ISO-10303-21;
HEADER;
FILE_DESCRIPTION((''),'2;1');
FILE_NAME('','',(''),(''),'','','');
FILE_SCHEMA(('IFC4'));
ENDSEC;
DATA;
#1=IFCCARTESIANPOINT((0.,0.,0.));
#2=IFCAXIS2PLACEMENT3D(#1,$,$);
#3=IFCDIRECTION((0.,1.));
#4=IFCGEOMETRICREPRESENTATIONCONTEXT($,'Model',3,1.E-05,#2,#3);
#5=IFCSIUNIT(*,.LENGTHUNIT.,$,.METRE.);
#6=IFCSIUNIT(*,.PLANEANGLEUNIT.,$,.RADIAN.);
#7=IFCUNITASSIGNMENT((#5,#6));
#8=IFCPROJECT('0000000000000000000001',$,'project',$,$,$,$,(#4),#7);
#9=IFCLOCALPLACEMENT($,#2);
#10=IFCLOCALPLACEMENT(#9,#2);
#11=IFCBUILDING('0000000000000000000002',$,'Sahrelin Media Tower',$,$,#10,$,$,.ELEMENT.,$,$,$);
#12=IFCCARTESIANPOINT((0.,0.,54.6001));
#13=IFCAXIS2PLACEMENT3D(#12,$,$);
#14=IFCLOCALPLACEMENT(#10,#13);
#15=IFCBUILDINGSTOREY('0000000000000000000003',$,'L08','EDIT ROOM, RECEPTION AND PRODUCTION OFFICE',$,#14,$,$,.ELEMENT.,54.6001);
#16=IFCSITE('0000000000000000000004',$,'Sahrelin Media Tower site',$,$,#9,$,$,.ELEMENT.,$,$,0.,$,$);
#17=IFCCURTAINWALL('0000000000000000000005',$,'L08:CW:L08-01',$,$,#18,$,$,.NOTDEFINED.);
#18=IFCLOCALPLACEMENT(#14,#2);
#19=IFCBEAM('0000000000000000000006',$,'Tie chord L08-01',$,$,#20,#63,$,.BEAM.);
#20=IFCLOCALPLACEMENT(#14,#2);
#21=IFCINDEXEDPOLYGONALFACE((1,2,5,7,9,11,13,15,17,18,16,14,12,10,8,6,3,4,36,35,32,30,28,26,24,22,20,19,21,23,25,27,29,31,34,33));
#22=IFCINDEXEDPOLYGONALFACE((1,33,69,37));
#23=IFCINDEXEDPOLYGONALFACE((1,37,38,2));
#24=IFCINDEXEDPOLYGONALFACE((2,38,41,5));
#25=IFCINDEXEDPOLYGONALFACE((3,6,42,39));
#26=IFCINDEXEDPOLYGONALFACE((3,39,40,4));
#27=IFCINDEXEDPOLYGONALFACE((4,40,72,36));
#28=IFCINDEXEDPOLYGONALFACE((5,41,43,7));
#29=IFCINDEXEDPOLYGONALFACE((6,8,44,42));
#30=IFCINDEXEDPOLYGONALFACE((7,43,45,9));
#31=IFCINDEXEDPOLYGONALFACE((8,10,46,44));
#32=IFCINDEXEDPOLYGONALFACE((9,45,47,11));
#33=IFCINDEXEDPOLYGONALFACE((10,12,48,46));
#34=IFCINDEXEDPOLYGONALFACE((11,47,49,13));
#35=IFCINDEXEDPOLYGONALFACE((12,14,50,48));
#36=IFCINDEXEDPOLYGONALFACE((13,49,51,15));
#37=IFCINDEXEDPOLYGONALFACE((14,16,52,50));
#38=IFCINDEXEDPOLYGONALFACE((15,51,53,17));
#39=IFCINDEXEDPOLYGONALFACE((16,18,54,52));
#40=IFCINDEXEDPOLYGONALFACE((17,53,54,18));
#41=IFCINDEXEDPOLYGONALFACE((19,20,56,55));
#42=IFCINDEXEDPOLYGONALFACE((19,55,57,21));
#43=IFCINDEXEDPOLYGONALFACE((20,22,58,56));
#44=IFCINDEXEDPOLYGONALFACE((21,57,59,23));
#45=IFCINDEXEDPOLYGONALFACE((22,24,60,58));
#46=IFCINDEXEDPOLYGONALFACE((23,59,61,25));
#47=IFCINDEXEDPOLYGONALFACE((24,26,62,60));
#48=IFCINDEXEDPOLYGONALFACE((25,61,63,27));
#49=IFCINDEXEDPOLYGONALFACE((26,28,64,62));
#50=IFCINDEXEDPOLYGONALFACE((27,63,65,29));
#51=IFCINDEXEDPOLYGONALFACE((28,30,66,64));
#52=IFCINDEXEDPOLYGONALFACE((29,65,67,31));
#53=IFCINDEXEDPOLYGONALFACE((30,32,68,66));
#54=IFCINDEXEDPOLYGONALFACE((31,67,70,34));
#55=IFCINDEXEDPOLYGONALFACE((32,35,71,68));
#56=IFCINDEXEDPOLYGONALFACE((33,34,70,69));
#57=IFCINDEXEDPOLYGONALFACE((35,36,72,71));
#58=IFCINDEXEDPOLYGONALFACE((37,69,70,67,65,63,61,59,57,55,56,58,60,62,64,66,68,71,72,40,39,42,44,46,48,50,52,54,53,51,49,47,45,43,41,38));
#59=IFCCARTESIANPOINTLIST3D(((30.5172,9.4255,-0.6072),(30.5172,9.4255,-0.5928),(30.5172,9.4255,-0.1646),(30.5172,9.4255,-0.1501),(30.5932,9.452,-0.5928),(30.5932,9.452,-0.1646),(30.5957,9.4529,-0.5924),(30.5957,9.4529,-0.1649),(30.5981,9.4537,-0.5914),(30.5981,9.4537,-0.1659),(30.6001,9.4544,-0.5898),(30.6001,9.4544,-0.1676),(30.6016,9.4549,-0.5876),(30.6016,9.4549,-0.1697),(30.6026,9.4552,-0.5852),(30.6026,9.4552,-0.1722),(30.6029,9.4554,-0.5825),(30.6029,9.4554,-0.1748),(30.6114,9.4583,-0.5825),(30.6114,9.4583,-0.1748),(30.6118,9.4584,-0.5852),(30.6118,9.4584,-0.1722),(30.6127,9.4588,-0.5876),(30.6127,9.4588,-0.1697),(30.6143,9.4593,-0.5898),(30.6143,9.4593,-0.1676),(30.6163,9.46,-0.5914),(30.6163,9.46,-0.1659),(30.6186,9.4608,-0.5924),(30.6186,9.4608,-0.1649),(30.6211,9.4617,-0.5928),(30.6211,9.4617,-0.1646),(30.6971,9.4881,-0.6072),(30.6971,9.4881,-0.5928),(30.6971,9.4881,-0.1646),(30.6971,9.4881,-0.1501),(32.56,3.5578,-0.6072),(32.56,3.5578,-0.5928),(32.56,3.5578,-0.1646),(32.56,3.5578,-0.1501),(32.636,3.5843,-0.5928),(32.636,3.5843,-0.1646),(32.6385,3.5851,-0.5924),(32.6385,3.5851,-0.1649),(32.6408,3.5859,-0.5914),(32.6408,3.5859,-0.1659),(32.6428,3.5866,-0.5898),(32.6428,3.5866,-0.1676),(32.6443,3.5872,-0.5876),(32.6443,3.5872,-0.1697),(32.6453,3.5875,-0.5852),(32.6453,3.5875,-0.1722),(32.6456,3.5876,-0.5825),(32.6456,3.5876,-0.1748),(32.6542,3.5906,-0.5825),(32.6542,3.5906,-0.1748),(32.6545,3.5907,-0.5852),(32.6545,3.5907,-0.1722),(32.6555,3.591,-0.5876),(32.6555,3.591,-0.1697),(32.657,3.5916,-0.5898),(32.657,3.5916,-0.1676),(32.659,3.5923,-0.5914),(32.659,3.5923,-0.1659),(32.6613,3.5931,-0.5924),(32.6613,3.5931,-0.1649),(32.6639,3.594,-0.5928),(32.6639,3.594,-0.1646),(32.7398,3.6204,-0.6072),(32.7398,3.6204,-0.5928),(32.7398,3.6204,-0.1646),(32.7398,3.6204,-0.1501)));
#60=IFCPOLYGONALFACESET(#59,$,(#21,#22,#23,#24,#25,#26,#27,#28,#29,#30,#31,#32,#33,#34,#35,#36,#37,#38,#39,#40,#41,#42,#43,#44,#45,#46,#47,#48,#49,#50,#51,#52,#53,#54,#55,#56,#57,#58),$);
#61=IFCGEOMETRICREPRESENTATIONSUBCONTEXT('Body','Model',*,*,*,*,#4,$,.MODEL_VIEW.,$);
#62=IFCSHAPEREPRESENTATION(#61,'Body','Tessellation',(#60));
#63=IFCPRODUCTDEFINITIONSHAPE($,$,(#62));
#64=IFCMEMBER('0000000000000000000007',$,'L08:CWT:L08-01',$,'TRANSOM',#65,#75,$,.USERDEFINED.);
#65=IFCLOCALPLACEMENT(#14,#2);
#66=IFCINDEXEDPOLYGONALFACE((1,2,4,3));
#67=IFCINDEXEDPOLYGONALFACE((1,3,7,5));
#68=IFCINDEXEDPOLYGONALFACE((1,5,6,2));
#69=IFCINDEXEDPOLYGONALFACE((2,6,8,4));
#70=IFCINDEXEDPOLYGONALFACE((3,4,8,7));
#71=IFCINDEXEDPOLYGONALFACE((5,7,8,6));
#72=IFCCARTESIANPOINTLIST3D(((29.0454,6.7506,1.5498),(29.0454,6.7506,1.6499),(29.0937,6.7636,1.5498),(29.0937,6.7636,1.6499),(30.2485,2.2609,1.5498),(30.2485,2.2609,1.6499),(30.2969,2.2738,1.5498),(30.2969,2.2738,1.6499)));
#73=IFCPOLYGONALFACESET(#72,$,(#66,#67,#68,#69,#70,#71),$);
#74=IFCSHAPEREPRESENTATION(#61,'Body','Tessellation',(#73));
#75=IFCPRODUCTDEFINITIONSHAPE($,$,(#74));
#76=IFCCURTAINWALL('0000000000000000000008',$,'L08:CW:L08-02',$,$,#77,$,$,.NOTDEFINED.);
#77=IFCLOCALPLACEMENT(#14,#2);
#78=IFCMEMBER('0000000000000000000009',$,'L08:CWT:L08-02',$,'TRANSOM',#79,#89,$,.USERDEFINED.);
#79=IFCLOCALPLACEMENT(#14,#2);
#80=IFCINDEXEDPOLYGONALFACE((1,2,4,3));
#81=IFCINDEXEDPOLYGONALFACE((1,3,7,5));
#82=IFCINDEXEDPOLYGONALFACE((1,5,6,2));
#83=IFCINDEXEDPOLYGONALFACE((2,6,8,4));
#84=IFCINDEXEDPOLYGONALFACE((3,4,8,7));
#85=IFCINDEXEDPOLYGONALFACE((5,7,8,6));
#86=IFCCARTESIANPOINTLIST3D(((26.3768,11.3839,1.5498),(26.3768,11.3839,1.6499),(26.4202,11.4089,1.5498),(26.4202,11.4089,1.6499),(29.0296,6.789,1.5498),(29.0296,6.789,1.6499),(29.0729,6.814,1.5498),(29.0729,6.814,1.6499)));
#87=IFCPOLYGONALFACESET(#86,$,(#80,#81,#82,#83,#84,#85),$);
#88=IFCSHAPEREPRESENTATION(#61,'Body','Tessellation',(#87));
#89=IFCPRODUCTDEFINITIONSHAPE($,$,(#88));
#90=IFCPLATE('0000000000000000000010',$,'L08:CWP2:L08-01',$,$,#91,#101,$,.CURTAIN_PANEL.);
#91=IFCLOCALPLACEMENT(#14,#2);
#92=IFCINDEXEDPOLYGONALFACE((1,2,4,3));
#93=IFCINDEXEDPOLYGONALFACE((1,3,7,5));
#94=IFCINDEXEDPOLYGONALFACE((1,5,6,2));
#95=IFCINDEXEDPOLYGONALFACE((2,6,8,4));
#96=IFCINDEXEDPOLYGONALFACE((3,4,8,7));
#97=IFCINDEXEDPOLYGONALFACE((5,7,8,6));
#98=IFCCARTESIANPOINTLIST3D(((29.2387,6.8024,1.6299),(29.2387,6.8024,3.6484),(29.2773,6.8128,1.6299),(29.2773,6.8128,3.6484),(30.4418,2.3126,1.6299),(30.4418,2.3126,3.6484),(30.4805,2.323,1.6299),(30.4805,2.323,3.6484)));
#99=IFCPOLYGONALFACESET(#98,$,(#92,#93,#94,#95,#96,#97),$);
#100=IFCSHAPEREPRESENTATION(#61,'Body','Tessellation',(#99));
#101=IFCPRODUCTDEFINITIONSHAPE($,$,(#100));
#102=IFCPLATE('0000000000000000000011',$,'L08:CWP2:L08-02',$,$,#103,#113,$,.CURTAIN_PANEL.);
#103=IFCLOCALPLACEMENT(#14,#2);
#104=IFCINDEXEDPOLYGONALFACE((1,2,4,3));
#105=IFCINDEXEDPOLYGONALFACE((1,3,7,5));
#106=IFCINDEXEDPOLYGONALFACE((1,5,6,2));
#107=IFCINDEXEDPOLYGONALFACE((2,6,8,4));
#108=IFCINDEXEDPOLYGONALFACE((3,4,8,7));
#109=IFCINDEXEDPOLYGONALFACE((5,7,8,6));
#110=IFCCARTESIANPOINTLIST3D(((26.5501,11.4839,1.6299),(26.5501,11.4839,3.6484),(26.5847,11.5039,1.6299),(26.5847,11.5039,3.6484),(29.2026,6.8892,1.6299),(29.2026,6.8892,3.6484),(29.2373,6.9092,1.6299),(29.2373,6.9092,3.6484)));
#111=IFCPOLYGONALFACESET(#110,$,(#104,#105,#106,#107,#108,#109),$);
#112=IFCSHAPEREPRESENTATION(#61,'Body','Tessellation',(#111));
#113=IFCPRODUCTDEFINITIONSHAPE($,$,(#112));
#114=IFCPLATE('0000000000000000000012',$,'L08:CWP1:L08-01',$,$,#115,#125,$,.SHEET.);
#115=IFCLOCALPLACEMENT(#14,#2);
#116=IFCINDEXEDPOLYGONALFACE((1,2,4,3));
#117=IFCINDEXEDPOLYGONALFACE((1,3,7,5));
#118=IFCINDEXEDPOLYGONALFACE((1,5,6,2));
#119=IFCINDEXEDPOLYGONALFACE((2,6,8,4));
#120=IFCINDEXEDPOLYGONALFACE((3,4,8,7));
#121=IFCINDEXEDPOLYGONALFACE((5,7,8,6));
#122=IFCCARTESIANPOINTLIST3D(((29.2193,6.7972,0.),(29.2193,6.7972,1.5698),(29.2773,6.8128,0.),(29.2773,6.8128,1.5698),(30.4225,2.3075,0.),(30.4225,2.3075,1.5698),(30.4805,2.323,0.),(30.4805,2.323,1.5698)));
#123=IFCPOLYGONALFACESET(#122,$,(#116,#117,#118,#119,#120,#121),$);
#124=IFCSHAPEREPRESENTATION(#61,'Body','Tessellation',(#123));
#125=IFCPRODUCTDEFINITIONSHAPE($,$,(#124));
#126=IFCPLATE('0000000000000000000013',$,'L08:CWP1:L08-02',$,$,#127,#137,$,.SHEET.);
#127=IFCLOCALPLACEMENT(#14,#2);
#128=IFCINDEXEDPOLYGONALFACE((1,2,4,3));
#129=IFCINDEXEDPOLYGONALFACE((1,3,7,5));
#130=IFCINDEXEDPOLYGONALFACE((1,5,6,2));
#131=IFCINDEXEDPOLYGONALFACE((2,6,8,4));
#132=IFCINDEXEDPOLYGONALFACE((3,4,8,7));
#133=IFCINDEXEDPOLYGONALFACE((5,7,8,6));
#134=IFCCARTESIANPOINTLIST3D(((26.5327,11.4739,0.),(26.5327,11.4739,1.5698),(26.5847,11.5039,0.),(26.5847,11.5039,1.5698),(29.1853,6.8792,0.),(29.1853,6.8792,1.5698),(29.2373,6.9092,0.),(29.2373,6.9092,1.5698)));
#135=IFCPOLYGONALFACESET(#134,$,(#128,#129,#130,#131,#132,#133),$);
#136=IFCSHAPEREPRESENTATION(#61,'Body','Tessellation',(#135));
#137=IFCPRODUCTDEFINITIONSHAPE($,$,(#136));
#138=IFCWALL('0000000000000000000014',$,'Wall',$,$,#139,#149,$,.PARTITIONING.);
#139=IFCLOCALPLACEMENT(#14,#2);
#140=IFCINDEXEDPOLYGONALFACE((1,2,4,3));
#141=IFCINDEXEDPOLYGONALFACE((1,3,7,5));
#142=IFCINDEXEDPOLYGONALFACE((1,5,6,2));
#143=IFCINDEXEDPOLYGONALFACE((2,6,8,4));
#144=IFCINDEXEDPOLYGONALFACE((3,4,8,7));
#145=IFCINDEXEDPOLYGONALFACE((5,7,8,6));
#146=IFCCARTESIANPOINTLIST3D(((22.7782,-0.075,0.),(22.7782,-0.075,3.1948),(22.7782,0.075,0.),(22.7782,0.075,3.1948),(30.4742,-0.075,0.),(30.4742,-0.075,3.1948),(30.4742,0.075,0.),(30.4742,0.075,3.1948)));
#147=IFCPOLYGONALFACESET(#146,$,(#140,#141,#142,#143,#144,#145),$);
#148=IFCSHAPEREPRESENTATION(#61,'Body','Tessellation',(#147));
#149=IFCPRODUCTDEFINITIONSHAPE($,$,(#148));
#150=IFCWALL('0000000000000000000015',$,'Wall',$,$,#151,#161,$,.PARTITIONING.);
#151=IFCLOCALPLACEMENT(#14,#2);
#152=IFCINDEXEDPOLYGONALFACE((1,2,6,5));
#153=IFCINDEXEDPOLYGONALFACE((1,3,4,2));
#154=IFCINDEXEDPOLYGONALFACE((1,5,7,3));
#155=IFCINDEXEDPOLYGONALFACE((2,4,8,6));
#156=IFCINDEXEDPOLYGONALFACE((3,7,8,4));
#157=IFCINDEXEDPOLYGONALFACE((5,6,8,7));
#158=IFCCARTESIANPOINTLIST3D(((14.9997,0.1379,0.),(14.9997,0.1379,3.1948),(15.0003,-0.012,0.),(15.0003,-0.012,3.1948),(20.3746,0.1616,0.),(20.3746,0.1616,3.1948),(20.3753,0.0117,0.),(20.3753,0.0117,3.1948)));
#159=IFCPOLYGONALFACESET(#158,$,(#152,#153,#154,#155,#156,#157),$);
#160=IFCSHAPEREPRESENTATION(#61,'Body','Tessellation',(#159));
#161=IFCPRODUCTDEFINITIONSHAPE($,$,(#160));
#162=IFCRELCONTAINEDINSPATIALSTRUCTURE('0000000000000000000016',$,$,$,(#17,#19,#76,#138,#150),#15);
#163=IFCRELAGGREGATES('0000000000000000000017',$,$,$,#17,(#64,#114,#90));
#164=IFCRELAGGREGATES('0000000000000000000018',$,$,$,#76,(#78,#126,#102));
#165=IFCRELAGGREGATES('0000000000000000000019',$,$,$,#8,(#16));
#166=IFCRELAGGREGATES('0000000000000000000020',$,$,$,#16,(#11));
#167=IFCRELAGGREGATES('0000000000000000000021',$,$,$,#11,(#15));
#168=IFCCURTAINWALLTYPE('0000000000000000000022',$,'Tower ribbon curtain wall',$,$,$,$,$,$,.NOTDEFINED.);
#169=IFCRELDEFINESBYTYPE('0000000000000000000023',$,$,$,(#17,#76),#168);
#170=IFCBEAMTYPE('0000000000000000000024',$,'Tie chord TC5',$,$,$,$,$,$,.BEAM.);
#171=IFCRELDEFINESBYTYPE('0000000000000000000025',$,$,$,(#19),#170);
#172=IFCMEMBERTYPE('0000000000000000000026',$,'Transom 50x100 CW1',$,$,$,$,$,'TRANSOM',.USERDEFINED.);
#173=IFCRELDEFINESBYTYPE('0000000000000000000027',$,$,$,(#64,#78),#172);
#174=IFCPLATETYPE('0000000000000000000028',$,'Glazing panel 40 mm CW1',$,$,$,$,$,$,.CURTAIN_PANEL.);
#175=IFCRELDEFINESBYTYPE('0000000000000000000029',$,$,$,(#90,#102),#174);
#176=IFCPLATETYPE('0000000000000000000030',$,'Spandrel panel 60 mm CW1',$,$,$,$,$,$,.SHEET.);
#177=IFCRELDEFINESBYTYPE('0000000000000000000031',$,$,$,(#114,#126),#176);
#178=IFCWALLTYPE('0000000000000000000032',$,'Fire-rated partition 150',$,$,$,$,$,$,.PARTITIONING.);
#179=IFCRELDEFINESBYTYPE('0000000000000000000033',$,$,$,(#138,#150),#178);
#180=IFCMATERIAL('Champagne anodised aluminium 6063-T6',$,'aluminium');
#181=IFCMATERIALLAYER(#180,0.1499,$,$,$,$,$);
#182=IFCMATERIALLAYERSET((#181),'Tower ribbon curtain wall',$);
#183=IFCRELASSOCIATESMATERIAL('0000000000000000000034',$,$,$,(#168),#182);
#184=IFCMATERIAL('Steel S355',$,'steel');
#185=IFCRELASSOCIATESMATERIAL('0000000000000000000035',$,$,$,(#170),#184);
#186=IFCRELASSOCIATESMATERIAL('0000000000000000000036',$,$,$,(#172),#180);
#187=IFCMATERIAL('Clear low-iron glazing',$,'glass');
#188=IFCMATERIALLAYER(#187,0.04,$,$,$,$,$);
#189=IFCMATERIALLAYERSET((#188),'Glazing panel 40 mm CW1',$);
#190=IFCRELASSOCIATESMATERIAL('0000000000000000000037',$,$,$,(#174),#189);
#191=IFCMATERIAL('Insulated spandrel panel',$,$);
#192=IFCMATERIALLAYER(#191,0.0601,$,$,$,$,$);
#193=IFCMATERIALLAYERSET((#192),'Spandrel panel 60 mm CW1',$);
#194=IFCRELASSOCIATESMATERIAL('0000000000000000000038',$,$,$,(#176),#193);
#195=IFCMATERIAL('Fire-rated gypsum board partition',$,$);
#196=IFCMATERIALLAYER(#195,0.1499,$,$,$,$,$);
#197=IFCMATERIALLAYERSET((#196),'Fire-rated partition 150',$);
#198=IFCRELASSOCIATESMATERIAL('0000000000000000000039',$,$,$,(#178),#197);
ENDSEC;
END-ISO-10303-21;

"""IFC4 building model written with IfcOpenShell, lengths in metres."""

from ifc_helpers import new_model, si_unit, direction, frame, frame_2d, origin, origin_2d, place, context, subcontext, project, spatial, polyline, rectangle, i_section, outline, extrude, material, layer, layer_set, material_profile, profile_set, type_object, element, aggregate, save


model = new_model("IFC4")

# Units and contexts
model_context = context("Model", 3, precision=1e-05, world=origin(), true_north=direction((0.0, 1.0)))
body_context = subcontext(model_context, "Body", "Model", "MODEL_VIEW")
ifc_project = project(units=[si_unit("LENGTHUNIT", "METRE"), si_unit("PLANEANGLEUNIT", "RADIAN")], contexts=[model_context])

# Site, building, storey
site_placement = place(None, origin())
site = spatial("IfcSite", under=ifc_project, at=site_placement, Name="Sahrelin Media Tower site", CompositionType="ELEMENT", RefElevation=0.0)
building_placement = place(site_placement, origin())
building = spatial("IfcBuilding", under=site, at=building_placement, Name="Sahrelin Media Tower", CompositionType="ELEMENT")
storey_placement = place(building_placement, frame((0.0, 0.0, 54.6001)))
storey = spatial("IfcBuildingStorey", under=building, at=storey_placement, Name="L08", Description="EDIT ROOM, RECEPTION AND PRODUCTION OFFICE", CompositionType="ELEMENT", Elevation=54.6001)

# Shared definitions
ifc_material_1 = material(Name="Steel S355", Category="steel")

# Curtain wall
ifc_material_2 = material(Name="Champagne anodised aluminium 6063-T6", Category="aluminium")
ifc_layer_1 = layer(ifc_material_2, 0.1499)
ifc_layer_set_1 = layer_set([ifc_layer_1], Name="Tower ribbon curtain wall")
curtain_wall_type = type_object("IfcCurtainWallType", Name="Tower ribbon curtain wall", PredefinedType="NOTDEFINED", material=ifc_layer_set_1)
curtain_wall_1_placement = place(storey_placement, frame((29.8596, 4.5627, 0.0), z_axis=(0.0, 0.0, 1.0), x_axis=(1.0, 0.0, 0.0)))
curtain_wall_1 = element("IfcCurtainWall", 1, at=curtain_wall_1_placement, inside=storey, type_object=curtain_wall_type, Name="L08:CW:L08-01", PredefinedType="NOTDEFINED")

# Beam
ifc_material_profile_1 = material_profile(ifc_material_1, i_section(OverallWidth=0.1904, OverallDepth=0.457, WebThickness=0.009, FlangeThickness=0.0144, FilletRadius=0.0103, at=origin_2d()), Name="UB 457x191x74")
ifc_profile_set_1 = profile_set([ifc_material_profile_1], Name="Steel S355")
beam_type_1 = type_object("IfcBeamType", Name="Tie chord TC5", PredefinedType="BEAM", material=ifc_profile_set_1)
beam_1_placement = place(storey_placement, frame((32.6499, 3.5891, -0.3787), z_axis=(-0.328778, 0.944407, 0.0), x_axis=(-0.944407, -0.328778, 0.0)))
element("IfcBeam", 2, at=beam_1_placement, inside=storey, type_object=beam_type_1, Name="Tie chord L08-01", PredefinedType="BEAM", context=body_context, shape_type="SweptSolid", body=[
    extrude(i_section(OverallWidth=0.1904, OverallDepth=0.457, WebThickness=0.009, FlangeThickness=0.0144, FilletRadius=0.0103, at=origin_2d()), origin(), (0.0, 0.0, 1.0), 6.2131),
])

# Member
ifc_material_profile_2 = material_profile(ifc_material_2, rectangle(XDim=0.05, YDim=0.1001, at=origin_2d()), Name="Transom 50x100")
ifc_profile_set_2 = profile_set([ifc_material_profile_2], Name="Champagne anodised aluminium 6063-T6")
member_type_1 = type_object("IfcMemberType", Name="Transom 50x100 CW1", ElementType="TRANSOM", PredefinedType="USERDEFINED", material=ifc_profile_set_2)
member_1_placement = place(storey_placement, frame((30.2727, 2.2673, 1.5999), z_axis=(-0.258839, 0.96592, 0.0), x_axis=(-0.96592, -0.258839, 0.0)))
member_1 = element("IfcMember", 3, at=member_1_placement, type_object=member_type_1, Name="L08:CWT:L08-01", ObjectType="TRANSOM", PredefinedType="USERDEFINED", context=body_context, shape_type="SweptSolid", body=[
    extrude(rectangle(XDim=0.05, YDim=0.1001, at=origin_2d()), origin(), (0.0, 0.0, 1.0), 4.6482),
])

# Curtain wall, member
curtain_wall_2_placement = place(storey_placement, frame((27.8938, 9.1965, 0.0), z_axis=(0.0, 0.0, 1.0), x_axis=(1.0, 0.0, 0.0)))
curtain_wall_2 = element("IfcCurtainWall", 4, at=curtain_wall_2_placement, inside=storey, type_object=curtain_wall_type, Name="L08:CW:L08-02", PredefinedType="NOTDEFINED")
member_2_placement = place(storey_placement, frame((29.0513, 6.8015, 1.5999), z_axis=(-0.499989, 0.866032, 0.0), x_axis=(-0.866032, -0.499989, 0.0)))
member_2 = element("IfcMember", 5, at=member_2_placement, type_object=member_type_1, Name="L08:CWT:L08-02", ObjectType="TRANSOM", PredefinedType="USERDEFINED", context=body_context, shape_type="SweptSolid", body=[
    extrude(rectangle(XDim=0.05, YDim=0.1001, at=origin_2d()), origin(), (0.0, 0.0, 1.0), 5.3057),
])

# Plates
ifc_material_3 = material(Name="Clear low-iron glazing", Category="glass")
ifc_layer_2 = layer(ifc_material_3, 0.04)
ifc_layer_set_2 = layer_set([ifc_layer_2], Name="Glazing panel 40 mm CW1")
plate_type_1 = type_object("IfcPlateType", Name="Glazing panel 40 mm CW1", PredefinedType="CURTAIN_PANEL", material=ifc_layer_set_2)
plate_1_placement = place(storey_placement, frame((30.4805, 2.323, 1.6299), z_axis=(0.96592, 0.258839, 0.0), x_axis=(-0.258839, 0.96592, 0.0)))
plate_1 = element("IfcPlate", 6, at=plate_1_placement, type_object=plate_type_1, Name="L08:CWP2:L08-01", PredefinedType="CURTAIN_PANEL", context=body_context, shape_type="SweptSolid", body=[
    extrude(outline(polyline([(0.0, 0.0), (4.6482, 0.0), (4.6482, 2.0186), (0.0, 2.0186), (0.0, 0.0)])), origin(), (0.0, 0.0, -1.0), 0.04),
])
plate_2_placement = place(storey_placement, frame((29.2373, 6.9092, 1.6299), z_axis=(0.86604, 0.499975, 0.0), x_axis=(-0.499975, 0.86604, 0.0)))
plate_2 = element("IfcPlate", 7, at=plate_2_placement, type_object=plate_type_1, Name="L08:CWP2:L08-02", PredefinedType="CURTAIN_PANEL", context=body_context, shape_type="SweptSolid", body=[
    extrude(outline(polyline([(0.0, 0.0), (5.3054, 0.0), (5.3054, 2.0186), (0.0, 2.0186), (0.0, 0.0)])), origin(), (0.0, 0.0, -1.0), 0.04),
])
ifc_material_4 = material(Name="Insulated spandrel panel")
ifc_layer_3 = layer(ifc_material_4, 0.0601)
ifc_layer_set_3 = layer_set([ifc_layer_3], Name="Spandrel panel 60 mm CW1")
plate_type_2 = type_object("IfcPlateType", Name="Spandrel panel 60 mm CW1", PredefinedType="SHEET", material=ifc_layer_set_3)
plate_3_placement = place(storey_placement, frame((30.4805, 2.323, 0.0), z_axis=(0.96592, 0.258839, 0.0), x_axis=(-0.258839, 0.96592, 0.0)))
plate_3 = element("IfcPlate", 8, at=plate_3_placement, type_object=plate_type_2, Name="L08:CWP1:L08-01", PredefinedType="SHEET", context=body_context, shape_type="SweptSolid", body=[
    extrude(outline(polyline([(0.0, 0.0), (4.6482, 0.0), (4.6482, 1.5698), (0.0, 1.5698), (0.0, 0.0)])), origin(), (0.0, 0.0, -1.0), 0.0601),
])
aggregate(curtain_wall_1, [member_1, plate_3, plate_1])
plate_4_placement = place(storey_placement, frame((29.2373, 6.9092, 0.0), z_axis=(0.86604, 0.499975, 0.0), x_axis=(-0.499975, 0.86604, 0.0)))
plate_4 = element("IfcPlate", 9, at=plate_4_placement, type_object=plate_type_2, Name="L08:CWP1:L08-02", PredefinedType="SHEET", context=body_context, shape_type="SweptSolid", body=[
    extrude(outline(polyline([(0.0, 0.0), (5.3054, 0.0), (5.3054, 1.5698), (0.0, 1.5698), (0.0, 0.0)])), origin(), (0.0, 0.0, -1.0), 0.0601),
])
aggregate(curtain_wall_2, [member_2, plate_4, plate_2])

# Walls
ifc_material_5 = material(Name="Fire-rated gypsum board partition")
ifc_layer_4 = layer(ifc_material_5, 0.1499)
ifc_layer_set_4 = layer_set([ifc_layer_4], Name="Fire-rated partition 150")
wall_type_1 = type_object("IfcWallType", Name="Fire-rated partition 150", PredefinedType="PARTITIONING", material=ifc_layer_set_4)
wall_1_placement = place(storey_placement, frame((22.7781, 0.0, 0.0), z_axis=(0.0, 0.0, 1.0), x_axis=(1.0, 0.0, 0.0)))
element("IfcWall", 10, at=wall_1_placement, inside=storey, type_object=wall_type_1, Name="Wall", PredefinedType="PARTITIONING", context=body_context, shape_type="SweptSolid", body=[
    extrude(rectangle(XDim=7.696, YDim=0.1499, at=frame_2d((3.8481, 0.0))), origin(), (0.0, 0.0, 1.0), 3.1948),
])
wall_2_placement = place(storey_placement, frame((15.0, 0.063, 0.0), z_axis=(0.0, 0.0, 1.0), x_axis=(0.99999, 0.004406, 0.0)))
element("IfcWall", 11, at=wall_2_placement, inside=storey, type_object=wall_type_1, Name="Wall", PredefinedType="PARTITIONING", context=body_context, shape_type="SweptSolid", body=[
    extrude(rectangle(XDim=5.375, YDim=0.1499, at=frame_2d((2.6875, 0.0))), origin(), (0.0, 0.0, 1.0), 3.1948),
])

save(model, "model.ifc")
